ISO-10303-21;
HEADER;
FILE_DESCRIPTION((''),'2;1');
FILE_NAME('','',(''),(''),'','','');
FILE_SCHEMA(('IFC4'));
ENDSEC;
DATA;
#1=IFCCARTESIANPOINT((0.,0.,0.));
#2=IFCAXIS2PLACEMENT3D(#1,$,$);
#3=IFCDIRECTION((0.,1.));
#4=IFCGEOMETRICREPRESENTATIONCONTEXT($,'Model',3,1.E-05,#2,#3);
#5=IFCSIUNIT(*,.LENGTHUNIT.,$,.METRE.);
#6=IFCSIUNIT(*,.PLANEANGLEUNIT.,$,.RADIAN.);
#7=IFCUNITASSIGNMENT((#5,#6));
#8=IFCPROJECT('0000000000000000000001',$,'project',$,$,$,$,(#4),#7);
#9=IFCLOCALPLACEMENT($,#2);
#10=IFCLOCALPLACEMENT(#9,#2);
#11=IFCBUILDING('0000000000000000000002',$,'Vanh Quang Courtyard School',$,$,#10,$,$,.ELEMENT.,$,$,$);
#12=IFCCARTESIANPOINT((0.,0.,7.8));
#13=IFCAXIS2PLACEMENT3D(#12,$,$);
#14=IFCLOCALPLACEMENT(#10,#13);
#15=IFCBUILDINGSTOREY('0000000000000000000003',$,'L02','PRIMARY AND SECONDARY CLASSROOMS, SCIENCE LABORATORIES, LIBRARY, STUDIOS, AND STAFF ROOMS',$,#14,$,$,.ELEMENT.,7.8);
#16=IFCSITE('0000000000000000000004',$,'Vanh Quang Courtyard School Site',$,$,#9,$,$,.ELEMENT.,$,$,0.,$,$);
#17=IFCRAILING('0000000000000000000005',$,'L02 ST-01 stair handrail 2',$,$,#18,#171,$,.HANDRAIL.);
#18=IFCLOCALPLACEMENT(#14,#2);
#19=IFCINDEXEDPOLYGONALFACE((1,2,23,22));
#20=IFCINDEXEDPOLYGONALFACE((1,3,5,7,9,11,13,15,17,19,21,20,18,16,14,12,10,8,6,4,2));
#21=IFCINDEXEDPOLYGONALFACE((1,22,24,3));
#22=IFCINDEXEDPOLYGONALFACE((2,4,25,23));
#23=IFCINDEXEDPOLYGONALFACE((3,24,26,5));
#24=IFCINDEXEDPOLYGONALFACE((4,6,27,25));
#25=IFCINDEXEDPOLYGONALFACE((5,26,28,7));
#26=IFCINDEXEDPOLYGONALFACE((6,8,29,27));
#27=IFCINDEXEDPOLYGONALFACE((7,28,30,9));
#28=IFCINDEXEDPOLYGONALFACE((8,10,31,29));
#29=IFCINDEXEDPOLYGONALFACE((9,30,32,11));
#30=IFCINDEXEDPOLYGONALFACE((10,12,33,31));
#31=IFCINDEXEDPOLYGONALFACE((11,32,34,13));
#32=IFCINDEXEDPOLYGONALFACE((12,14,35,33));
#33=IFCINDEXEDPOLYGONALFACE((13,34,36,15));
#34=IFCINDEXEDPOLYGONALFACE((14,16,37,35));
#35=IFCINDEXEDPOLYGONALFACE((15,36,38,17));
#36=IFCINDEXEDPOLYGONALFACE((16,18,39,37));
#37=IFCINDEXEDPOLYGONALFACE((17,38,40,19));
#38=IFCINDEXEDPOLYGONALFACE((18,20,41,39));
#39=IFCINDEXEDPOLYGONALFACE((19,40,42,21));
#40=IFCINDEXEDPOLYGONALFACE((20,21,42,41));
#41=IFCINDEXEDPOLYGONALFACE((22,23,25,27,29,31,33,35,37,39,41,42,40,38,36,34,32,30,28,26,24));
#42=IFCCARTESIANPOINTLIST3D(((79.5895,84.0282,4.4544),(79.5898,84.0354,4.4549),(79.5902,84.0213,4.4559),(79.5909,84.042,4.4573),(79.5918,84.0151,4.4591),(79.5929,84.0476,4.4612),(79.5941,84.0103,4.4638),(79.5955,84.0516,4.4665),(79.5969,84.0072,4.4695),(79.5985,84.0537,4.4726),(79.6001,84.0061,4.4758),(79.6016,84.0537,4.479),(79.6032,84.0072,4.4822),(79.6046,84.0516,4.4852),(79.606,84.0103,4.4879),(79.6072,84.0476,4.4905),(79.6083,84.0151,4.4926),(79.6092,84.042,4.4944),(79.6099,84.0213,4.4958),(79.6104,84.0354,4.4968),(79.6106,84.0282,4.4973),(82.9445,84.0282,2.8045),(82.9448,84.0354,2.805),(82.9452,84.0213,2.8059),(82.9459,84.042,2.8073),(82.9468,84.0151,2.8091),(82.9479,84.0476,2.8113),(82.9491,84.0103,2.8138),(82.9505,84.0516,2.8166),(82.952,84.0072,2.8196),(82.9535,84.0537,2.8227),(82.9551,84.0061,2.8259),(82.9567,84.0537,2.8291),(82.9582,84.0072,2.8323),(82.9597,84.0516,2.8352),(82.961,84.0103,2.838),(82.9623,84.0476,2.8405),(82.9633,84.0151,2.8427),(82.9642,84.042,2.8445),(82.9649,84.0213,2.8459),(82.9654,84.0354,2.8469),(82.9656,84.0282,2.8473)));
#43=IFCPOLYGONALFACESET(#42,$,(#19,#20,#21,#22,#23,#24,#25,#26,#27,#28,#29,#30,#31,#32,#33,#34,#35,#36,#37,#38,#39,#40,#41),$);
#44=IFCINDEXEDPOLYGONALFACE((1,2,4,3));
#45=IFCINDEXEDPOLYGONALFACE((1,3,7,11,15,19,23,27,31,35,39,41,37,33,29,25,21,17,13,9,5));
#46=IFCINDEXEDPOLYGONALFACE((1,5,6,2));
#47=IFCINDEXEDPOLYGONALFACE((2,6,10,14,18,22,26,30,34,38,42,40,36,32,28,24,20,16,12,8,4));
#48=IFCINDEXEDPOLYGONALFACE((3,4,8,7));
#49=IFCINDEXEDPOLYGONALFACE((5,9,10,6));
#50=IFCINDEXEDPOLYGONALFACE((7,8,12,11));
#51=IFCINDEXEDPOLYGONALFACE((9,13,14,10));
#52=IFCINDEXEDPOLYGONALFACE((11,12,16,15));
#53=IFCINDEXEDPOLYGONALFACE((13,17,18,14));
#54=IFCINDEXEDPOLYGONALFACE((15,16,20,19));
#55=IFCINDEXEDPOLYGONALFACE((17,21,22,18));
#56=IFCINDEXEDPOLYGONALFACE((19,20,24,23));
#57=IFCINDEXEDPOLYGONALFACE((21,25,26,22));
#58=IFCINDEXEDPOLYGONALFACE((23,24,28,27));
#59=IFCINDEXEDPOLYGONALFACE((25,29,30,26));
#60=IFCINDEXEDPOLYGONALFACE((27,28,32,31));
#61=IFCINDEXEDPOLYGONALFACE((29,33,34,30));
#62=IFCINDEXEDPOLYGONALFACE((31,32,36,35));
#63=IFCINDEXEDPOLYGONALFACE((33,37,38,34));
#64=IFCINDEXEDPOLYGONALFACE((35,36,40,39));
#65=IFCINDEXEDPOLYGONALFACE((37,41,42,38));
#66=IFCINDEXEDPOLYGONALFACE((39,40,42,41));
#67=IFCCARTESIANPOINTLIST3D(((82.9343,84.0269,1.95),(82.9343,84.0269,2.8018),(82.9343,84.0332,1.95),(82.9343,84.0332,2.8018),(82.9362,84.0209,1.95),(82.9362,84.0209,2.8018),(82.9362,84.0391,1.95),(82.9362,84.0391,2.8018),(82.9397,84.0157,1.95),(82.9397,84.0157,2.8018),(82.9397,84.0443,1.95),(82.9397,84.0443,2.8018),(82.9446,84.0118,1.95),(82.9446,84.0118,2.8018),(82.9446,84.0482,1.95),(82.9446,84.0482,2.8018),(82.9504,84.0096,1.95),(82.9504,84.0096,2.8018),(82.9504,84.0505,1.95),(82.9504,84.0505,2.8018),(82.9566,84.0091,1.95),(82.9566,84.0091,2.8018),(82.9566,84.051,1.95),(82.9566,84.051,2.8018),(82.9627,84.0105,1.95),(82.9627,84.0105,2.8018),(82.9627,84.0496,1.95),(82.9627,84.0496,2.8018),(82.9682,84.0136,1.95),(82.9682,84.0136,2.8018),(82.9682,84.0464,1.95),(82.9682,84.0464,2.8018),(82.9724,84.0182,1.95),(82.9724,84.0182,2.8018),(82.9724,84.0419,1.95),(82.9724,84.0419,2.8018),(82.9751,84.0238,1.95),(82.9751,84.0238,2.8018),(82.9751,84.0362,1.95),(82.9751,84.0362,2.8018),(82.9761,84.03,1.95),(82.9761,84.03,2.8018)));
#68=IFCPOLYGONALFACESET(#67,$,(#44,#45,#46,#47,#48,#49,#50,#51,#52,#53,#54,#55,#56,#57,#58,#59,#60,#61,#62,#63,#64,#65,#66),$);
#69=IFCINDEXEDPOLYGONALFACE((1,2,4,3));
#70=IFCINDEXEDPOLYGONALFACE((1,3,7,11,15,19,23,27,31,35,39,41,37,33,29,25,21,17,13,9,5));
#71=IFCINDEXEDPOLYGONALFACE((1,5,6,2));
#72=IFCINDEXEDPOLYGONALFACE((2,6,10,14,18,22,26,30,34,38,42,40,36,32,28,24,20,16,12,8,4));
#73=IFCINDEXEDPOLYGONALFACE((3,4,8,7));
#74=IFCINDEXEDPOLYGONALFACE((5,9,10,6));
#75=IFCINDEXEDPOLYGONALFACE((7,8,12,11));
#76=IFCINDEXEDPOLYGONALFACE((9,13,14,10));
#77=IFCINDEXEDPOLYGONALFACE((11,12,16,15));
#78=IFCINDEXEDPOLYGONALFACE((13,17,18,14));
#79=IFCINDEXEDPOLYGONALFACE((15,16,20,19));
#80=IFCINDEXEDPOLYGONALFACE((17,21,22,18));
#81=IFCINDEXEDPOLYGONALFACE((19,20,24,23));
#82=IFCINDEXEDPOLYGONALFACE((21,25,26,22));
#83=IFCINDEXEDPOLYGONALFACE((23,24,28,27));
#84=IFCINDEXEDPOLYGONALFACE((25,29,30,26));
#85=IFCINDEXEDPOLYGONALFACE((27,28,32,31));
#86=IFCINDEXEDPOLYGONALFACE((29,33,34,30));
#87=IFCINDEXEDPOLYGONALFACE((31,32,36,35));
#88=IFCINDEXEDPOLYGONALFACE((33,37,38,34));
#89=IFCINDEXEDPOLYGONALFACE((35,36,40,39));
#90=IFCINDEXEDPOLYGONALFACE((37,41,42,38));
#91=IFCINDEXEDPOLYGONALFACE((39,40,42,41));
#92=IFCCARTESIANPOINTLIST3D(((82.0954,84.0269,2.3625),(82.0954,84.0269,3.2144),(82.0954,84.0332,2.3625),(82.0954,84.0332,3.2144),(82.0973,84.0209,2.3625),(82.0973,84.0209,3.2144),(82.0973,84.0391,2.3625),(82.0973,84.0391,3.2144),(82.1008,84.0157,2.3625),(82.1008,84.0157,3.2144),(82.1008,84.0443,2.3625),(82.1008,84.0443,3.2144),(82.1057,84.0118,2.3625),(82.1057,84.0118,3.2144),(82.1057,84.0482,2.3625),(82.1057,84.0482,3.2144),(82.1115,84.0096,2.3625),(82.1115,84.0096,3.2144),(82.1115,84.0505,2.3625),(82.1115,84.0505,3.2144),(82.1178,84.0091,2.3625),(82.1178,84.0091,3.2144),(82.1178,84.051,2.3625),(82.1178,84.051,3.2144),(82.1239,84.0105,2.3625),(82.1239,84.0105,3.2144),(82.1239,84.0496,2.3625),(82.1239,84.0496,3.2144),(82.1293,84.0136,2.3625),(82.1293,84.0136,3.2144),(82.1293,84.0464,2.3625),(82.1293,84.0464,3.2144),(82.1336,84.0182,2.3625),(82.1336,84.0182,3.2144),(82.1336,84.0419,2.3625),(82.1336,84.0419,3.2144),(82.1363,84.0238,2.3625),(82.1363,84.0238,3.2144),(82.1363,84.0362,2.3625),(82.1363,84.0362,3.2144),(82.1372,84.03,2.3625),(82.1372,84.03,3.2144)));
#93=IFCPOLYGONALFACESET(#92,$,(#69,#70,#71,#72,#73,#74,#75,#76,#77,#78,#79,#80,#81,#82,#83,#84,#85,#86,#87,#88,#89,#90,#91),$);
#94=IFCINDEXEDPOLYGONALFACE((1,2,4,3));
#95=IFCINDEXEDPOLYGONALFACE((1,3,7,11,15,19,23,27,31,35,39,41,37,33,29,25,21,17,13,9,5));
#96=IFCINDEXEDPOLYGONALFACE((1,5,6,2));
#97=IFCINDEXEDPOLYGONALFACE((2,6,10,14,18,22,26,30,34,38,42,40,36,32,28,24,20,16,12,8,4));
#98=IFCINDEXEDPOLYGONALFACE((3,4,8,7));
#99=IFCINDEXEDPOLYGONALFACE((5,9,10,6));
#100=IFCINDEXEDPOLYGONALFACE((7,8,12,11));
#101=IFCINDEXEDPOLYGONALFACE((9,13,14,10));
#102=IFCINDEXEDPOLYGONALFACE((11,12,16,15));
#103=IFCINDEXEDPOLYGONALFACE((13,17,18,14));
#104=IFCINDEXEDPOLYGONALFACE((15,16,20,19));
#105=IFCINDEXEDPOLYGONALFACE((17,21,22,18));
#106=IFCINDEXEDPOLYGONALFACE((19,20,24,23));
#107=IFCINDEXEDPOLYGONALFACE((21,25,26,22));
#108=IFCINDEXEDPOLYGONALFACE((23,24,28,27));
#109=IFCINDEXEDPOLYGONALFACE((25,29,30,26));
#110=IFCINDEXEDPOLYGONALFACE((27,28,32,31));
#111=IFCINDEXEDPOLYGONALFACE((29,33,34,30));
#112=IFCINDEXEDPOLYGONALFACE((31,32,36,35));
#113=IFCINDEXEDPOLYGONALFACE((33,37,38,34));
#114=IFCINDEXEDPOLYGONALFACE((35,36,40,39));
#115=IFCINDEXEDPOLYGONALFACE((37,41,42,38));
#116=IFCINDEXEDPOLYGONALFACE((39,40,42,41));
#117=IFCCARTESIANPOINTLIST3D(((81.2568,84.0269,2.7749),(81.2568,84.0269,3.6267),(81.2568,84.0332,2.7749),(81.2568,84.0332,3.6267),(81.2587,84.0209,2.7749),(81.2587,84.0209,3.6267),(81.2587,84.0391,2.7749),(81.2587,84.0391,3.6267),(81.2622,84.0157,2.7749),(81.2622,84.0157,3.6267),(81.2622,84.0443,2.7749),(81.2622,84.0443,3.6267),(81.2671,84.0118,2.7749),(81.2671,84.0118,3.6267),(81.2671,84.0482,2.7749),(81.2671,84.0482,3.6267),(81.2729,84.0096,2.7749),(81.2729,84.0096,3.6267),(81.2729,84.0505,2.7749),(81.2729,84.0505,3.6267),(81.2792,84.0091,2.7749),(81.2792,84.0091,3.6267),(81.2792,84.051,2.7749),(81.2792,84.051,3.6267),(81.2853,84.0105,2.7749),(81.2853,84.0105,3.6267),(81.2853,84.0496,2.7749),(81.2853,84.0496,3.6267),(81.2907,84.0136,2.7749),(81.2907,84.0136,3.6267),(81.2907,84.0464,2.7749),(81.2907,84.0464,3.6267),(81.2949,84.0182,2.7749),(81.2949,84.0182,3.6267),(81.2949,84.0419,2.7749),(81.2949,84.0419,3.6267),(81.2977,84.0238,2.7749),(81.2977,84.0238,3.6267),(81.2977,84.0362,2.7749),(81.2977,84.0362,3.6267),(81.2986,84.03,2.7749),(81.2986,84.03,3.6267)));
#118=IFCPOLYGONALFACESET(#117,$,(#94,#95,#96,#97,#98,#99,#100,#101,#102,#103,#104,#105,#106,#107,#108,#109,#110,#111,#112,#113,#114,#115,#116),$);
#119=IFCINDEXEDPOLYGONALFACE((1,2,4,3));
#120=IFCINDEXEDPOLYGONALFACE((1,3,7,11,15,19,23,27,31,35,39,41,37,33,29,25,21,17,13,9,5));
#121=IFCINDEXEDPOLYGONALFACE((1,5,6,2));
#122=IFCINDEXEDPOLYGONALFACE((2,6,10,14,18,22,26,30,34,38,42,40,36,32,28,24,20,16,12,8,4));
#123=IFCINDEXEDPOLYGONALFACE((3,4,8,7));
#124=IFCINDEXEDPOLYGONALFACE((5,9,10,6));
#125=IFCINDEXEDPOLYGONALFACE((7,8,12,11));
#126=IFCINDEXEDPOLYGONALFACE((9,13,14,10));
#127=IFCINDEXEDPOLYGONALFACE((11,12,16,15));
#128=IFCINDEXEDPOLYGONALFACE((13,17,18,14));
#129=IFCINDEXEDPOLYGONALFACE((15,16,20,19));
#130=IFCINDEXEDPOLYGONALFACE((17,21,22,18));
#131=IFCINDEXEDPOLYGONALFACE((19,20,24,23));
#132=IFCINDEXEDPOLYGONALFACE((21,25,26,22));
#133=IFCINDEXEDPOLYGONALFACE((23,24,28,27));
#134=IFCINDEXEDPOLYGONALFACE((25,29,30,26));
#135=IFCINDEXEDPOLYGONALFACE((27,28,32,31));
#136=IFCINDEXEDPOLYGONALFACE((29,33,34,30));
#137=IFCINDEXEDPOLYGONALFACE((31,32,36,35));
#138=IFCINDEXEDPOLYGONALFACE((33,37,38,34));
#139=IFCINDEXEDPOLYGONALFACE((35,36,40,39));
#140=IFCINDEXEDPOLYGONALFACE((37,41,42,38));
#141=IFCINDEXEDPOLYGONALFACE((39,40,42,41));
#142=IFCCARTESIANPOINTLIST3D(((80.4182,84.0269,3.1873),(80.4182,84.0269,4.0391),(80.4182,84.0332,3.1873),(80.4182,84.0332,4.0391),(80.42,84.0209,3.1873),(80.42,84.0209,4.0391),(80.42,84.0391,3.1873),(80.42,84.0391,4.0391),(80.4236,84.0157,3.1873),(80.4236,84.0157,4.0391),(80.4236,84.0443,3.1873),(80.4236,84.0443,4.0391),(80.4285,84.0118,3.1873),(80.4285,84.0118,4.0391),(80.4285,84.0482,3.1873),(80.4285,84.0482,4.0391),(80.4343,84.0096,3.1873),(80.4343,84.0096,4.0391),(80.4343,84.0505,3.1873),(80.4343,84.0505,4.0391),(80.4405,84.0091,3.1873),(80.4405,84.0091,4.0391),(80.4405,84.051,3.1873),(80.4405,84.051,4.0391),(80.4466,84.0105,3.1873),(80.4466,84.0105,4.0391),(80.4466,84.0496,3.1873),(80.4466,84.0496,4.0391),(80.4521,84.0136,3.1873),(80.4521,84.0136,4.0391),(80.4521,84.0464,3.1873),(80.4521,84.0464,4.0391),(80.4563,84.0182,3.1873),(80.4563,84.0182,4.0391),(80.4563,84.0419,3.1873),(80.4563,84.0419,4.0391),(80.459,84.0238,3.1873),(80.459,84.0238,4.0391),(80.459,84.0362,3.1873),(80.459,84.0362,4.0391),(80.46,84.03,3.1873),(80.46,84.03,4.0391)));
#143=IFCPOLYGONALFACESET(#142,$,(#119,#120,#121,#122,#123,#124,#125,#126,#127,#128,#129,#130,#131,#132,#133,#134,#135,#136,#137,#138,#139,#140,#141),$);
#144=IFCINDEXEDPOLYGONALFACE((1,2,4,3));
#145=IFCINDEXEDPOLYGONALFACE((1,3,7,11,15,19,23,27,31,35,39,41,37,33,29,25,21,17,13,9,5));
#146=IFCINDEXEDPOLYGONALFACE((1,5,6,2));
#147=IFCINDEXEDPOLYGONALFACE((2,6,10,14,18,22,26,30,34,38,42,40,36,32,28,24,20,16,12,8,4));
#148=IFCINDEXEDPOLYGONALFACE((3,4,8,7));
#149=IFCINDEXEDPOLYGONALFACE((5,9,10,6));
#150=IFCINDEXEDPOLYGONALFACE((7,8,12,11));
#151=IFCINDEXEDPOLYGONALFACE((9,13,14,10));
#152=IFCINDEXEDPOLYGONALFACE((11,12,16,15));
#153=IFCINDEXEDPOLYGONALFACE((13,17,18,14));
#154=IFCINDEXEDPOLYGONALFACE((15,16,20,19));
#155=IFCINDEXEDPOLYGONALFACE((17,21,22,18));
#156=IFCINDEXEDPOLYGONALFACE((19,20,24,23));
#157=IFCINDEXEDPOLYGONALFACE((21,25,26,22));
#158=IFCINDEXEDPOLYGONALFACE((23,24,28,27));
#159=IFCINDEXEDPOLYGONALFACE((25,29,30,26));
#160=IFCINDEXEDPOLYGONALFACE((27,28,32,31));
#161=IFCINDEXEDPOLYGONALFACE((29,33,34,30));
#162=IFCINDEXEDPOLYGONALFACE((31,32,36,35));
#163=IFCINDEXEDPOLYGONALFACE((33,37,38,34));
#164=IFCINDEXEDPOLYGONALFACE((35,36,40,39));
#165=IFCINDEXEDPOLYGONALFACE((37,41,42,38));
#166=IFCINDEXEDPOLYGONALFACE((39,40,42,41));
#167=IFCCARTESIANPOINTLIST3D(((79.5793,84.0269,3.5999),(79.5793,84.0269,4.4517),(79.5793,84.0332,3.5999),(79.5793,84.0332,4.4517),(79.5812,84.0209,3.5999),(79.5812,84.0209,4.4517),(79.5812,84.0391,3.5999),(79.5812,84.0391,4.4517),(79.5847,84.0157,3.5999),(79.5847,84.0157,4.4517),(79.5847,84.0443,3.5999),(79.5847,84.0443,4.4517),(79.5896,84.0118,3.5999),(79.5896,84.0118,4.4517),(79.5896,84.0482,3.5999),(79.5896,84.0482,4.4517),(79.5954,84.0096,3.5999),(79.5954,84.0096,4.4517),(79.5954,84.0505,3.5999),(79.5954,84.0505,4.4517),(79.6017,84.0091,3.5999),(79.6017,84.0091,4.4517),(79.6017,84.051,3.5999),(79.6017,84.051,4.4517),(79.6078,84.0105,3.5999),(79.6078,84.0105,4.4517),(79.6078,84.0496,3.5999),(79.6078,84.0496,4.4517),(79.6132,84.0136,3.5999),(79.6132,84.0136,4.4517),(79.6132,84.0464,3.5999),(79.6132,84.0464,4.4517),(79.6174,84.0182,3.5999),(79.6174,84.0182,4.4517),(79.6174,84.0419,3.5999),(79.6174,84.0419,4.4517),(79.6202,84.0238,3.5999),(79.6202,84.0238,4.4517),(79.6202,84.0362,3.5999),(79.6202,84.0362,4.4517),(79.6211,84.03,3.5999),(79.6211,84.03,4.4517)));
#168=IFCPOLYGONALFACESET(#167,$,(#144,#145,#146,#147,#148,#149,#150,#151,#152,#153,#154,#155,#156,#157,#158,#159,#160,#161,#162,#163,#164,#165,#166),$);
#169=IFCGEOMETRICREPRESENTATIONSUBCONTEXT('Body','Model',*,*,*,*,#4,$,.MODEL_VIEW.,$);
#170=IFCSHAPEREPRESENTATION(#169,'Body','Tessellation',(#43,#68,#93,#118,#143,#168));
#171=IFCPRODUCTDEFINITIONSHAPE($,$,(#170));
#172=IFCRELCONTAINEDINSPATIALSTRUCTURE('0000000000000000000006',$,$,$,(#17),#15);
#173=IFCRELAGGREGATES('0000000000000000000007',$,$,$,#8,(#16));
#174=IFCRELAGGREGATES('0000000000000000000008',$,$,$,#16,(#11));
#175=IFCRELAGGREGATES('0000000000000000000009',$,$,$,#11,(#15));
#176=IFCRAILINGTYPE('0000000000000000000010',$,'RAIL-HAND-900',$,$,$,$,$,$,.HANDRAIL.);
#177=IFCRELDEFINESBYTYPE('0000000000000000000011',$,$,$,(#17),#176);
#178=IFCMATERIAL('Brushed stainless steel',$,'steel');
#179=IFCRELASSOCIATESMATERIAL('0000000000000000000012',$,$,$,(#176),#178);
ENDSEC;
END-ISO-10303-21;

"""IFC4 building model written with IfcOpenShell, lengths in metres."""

from ifc_helpers import new_model, si_unit, direction, frame, origin, origin_2d, place, context, subcontext, project, spatial, circle, extrude, material, type_object, element, save


model = new_model("IFC4")

# Units and contexts
model_context = context("Model", 3, precision=1e-05, world=origin(), true_north=direction((0.0, 1.0)))
body_context = subcontext(model_context, "Body", "Model", "MODEL_VIEW")
ifc_project = project(units=[si_unit("LENGTHUNIT", "METRE"), si_unit("PLANEANGLEUNIT", "RADIAN")], contexts=[model_context])

# Site, building, storey
site_placement = place(None, origin())
site = spatial("IfcSite", under=ifc_project, at=site_placement, Name="Vanh Quang Courtyard School Site", CompositionType="ELEMENT", RefElevation=0.0)
building_placement = place(site_placement, origin())
building = spatial("IfcBuilding", under=site, at=building_placement, Name="Vanh Quang Courtyard School", CompositionType="ELEMENT")
storey_placement = place(building_placement, frame((0.0, 0.0, 7.8)))
storey = spatial("IfcBuildingStorey", under=building, at=storey_placement, Name="L02", Description="PRIMARY AND SECONDARY CLASSROOMS, SCIENCE LABORATORIES, LIBRARY, STUDIOS, AND STAFF ROOMS", CompositionType="ELEMENT", Elevation=7.8)

# Railing
ifc_material_1 = material(Name="Brushed stainless steel", Category="steel")
railing_type_1 = type_object("IfcRailingType", Name="RAIL-HAND-900", PredefinedType="HANDRAIL", material=ifc_material_1)
railing_1_placement = place(storey_placement, frame((82.9551, 84.03, 1.95)))
element("IfcRailing", 1, at=railing_1_placement, inside=storey, type_object=railing_type_1, Name="L02 ST-01 stair handrail 2", PredefinedType="HANDRAIL", context=body_context, shape_type="SweptSolid", body=[
    extrude(circle(Radius=0.0239, at=origin_2d()), frame((0.0, 0.0, 0.876), z_axis=(-0.897359, 0.0, 0.441301), x_axis=(0.0, -1.0, 0.0)), (0.0, 0.0, 1.0), 3.7388),
    extrude(circle(Radius=0.021, at=origin_2d()), origin(), (0.0, 0.0, 1.0), 0.8518),
    extrude(circle(Radius=0.021, at=origin_2d()), frame((-0.8389, 0.0, 0.4126)), (0.0, 0.0, 1.0), 0.8518),
    extrude(circle(Radius=0.021, at=origin_2d()), frame((-1.6775, 0.0, 0.825)), (0.0, 0.0, 1.0), 0.8518),
    extrude(circle(Radius=0.021, at=origin_2d()), frame((-2.5161, 0.0, 1.2373)), (0.0, 0.0, 1.0), 0.8518),
    extrude(circle(Radius=0.021, at=origin_2d()), frame((-3.355, 0.0, 1.6499)), (0.0, 0.0, 1.0), 0.8518),
])

save(model, "model.ifc")
